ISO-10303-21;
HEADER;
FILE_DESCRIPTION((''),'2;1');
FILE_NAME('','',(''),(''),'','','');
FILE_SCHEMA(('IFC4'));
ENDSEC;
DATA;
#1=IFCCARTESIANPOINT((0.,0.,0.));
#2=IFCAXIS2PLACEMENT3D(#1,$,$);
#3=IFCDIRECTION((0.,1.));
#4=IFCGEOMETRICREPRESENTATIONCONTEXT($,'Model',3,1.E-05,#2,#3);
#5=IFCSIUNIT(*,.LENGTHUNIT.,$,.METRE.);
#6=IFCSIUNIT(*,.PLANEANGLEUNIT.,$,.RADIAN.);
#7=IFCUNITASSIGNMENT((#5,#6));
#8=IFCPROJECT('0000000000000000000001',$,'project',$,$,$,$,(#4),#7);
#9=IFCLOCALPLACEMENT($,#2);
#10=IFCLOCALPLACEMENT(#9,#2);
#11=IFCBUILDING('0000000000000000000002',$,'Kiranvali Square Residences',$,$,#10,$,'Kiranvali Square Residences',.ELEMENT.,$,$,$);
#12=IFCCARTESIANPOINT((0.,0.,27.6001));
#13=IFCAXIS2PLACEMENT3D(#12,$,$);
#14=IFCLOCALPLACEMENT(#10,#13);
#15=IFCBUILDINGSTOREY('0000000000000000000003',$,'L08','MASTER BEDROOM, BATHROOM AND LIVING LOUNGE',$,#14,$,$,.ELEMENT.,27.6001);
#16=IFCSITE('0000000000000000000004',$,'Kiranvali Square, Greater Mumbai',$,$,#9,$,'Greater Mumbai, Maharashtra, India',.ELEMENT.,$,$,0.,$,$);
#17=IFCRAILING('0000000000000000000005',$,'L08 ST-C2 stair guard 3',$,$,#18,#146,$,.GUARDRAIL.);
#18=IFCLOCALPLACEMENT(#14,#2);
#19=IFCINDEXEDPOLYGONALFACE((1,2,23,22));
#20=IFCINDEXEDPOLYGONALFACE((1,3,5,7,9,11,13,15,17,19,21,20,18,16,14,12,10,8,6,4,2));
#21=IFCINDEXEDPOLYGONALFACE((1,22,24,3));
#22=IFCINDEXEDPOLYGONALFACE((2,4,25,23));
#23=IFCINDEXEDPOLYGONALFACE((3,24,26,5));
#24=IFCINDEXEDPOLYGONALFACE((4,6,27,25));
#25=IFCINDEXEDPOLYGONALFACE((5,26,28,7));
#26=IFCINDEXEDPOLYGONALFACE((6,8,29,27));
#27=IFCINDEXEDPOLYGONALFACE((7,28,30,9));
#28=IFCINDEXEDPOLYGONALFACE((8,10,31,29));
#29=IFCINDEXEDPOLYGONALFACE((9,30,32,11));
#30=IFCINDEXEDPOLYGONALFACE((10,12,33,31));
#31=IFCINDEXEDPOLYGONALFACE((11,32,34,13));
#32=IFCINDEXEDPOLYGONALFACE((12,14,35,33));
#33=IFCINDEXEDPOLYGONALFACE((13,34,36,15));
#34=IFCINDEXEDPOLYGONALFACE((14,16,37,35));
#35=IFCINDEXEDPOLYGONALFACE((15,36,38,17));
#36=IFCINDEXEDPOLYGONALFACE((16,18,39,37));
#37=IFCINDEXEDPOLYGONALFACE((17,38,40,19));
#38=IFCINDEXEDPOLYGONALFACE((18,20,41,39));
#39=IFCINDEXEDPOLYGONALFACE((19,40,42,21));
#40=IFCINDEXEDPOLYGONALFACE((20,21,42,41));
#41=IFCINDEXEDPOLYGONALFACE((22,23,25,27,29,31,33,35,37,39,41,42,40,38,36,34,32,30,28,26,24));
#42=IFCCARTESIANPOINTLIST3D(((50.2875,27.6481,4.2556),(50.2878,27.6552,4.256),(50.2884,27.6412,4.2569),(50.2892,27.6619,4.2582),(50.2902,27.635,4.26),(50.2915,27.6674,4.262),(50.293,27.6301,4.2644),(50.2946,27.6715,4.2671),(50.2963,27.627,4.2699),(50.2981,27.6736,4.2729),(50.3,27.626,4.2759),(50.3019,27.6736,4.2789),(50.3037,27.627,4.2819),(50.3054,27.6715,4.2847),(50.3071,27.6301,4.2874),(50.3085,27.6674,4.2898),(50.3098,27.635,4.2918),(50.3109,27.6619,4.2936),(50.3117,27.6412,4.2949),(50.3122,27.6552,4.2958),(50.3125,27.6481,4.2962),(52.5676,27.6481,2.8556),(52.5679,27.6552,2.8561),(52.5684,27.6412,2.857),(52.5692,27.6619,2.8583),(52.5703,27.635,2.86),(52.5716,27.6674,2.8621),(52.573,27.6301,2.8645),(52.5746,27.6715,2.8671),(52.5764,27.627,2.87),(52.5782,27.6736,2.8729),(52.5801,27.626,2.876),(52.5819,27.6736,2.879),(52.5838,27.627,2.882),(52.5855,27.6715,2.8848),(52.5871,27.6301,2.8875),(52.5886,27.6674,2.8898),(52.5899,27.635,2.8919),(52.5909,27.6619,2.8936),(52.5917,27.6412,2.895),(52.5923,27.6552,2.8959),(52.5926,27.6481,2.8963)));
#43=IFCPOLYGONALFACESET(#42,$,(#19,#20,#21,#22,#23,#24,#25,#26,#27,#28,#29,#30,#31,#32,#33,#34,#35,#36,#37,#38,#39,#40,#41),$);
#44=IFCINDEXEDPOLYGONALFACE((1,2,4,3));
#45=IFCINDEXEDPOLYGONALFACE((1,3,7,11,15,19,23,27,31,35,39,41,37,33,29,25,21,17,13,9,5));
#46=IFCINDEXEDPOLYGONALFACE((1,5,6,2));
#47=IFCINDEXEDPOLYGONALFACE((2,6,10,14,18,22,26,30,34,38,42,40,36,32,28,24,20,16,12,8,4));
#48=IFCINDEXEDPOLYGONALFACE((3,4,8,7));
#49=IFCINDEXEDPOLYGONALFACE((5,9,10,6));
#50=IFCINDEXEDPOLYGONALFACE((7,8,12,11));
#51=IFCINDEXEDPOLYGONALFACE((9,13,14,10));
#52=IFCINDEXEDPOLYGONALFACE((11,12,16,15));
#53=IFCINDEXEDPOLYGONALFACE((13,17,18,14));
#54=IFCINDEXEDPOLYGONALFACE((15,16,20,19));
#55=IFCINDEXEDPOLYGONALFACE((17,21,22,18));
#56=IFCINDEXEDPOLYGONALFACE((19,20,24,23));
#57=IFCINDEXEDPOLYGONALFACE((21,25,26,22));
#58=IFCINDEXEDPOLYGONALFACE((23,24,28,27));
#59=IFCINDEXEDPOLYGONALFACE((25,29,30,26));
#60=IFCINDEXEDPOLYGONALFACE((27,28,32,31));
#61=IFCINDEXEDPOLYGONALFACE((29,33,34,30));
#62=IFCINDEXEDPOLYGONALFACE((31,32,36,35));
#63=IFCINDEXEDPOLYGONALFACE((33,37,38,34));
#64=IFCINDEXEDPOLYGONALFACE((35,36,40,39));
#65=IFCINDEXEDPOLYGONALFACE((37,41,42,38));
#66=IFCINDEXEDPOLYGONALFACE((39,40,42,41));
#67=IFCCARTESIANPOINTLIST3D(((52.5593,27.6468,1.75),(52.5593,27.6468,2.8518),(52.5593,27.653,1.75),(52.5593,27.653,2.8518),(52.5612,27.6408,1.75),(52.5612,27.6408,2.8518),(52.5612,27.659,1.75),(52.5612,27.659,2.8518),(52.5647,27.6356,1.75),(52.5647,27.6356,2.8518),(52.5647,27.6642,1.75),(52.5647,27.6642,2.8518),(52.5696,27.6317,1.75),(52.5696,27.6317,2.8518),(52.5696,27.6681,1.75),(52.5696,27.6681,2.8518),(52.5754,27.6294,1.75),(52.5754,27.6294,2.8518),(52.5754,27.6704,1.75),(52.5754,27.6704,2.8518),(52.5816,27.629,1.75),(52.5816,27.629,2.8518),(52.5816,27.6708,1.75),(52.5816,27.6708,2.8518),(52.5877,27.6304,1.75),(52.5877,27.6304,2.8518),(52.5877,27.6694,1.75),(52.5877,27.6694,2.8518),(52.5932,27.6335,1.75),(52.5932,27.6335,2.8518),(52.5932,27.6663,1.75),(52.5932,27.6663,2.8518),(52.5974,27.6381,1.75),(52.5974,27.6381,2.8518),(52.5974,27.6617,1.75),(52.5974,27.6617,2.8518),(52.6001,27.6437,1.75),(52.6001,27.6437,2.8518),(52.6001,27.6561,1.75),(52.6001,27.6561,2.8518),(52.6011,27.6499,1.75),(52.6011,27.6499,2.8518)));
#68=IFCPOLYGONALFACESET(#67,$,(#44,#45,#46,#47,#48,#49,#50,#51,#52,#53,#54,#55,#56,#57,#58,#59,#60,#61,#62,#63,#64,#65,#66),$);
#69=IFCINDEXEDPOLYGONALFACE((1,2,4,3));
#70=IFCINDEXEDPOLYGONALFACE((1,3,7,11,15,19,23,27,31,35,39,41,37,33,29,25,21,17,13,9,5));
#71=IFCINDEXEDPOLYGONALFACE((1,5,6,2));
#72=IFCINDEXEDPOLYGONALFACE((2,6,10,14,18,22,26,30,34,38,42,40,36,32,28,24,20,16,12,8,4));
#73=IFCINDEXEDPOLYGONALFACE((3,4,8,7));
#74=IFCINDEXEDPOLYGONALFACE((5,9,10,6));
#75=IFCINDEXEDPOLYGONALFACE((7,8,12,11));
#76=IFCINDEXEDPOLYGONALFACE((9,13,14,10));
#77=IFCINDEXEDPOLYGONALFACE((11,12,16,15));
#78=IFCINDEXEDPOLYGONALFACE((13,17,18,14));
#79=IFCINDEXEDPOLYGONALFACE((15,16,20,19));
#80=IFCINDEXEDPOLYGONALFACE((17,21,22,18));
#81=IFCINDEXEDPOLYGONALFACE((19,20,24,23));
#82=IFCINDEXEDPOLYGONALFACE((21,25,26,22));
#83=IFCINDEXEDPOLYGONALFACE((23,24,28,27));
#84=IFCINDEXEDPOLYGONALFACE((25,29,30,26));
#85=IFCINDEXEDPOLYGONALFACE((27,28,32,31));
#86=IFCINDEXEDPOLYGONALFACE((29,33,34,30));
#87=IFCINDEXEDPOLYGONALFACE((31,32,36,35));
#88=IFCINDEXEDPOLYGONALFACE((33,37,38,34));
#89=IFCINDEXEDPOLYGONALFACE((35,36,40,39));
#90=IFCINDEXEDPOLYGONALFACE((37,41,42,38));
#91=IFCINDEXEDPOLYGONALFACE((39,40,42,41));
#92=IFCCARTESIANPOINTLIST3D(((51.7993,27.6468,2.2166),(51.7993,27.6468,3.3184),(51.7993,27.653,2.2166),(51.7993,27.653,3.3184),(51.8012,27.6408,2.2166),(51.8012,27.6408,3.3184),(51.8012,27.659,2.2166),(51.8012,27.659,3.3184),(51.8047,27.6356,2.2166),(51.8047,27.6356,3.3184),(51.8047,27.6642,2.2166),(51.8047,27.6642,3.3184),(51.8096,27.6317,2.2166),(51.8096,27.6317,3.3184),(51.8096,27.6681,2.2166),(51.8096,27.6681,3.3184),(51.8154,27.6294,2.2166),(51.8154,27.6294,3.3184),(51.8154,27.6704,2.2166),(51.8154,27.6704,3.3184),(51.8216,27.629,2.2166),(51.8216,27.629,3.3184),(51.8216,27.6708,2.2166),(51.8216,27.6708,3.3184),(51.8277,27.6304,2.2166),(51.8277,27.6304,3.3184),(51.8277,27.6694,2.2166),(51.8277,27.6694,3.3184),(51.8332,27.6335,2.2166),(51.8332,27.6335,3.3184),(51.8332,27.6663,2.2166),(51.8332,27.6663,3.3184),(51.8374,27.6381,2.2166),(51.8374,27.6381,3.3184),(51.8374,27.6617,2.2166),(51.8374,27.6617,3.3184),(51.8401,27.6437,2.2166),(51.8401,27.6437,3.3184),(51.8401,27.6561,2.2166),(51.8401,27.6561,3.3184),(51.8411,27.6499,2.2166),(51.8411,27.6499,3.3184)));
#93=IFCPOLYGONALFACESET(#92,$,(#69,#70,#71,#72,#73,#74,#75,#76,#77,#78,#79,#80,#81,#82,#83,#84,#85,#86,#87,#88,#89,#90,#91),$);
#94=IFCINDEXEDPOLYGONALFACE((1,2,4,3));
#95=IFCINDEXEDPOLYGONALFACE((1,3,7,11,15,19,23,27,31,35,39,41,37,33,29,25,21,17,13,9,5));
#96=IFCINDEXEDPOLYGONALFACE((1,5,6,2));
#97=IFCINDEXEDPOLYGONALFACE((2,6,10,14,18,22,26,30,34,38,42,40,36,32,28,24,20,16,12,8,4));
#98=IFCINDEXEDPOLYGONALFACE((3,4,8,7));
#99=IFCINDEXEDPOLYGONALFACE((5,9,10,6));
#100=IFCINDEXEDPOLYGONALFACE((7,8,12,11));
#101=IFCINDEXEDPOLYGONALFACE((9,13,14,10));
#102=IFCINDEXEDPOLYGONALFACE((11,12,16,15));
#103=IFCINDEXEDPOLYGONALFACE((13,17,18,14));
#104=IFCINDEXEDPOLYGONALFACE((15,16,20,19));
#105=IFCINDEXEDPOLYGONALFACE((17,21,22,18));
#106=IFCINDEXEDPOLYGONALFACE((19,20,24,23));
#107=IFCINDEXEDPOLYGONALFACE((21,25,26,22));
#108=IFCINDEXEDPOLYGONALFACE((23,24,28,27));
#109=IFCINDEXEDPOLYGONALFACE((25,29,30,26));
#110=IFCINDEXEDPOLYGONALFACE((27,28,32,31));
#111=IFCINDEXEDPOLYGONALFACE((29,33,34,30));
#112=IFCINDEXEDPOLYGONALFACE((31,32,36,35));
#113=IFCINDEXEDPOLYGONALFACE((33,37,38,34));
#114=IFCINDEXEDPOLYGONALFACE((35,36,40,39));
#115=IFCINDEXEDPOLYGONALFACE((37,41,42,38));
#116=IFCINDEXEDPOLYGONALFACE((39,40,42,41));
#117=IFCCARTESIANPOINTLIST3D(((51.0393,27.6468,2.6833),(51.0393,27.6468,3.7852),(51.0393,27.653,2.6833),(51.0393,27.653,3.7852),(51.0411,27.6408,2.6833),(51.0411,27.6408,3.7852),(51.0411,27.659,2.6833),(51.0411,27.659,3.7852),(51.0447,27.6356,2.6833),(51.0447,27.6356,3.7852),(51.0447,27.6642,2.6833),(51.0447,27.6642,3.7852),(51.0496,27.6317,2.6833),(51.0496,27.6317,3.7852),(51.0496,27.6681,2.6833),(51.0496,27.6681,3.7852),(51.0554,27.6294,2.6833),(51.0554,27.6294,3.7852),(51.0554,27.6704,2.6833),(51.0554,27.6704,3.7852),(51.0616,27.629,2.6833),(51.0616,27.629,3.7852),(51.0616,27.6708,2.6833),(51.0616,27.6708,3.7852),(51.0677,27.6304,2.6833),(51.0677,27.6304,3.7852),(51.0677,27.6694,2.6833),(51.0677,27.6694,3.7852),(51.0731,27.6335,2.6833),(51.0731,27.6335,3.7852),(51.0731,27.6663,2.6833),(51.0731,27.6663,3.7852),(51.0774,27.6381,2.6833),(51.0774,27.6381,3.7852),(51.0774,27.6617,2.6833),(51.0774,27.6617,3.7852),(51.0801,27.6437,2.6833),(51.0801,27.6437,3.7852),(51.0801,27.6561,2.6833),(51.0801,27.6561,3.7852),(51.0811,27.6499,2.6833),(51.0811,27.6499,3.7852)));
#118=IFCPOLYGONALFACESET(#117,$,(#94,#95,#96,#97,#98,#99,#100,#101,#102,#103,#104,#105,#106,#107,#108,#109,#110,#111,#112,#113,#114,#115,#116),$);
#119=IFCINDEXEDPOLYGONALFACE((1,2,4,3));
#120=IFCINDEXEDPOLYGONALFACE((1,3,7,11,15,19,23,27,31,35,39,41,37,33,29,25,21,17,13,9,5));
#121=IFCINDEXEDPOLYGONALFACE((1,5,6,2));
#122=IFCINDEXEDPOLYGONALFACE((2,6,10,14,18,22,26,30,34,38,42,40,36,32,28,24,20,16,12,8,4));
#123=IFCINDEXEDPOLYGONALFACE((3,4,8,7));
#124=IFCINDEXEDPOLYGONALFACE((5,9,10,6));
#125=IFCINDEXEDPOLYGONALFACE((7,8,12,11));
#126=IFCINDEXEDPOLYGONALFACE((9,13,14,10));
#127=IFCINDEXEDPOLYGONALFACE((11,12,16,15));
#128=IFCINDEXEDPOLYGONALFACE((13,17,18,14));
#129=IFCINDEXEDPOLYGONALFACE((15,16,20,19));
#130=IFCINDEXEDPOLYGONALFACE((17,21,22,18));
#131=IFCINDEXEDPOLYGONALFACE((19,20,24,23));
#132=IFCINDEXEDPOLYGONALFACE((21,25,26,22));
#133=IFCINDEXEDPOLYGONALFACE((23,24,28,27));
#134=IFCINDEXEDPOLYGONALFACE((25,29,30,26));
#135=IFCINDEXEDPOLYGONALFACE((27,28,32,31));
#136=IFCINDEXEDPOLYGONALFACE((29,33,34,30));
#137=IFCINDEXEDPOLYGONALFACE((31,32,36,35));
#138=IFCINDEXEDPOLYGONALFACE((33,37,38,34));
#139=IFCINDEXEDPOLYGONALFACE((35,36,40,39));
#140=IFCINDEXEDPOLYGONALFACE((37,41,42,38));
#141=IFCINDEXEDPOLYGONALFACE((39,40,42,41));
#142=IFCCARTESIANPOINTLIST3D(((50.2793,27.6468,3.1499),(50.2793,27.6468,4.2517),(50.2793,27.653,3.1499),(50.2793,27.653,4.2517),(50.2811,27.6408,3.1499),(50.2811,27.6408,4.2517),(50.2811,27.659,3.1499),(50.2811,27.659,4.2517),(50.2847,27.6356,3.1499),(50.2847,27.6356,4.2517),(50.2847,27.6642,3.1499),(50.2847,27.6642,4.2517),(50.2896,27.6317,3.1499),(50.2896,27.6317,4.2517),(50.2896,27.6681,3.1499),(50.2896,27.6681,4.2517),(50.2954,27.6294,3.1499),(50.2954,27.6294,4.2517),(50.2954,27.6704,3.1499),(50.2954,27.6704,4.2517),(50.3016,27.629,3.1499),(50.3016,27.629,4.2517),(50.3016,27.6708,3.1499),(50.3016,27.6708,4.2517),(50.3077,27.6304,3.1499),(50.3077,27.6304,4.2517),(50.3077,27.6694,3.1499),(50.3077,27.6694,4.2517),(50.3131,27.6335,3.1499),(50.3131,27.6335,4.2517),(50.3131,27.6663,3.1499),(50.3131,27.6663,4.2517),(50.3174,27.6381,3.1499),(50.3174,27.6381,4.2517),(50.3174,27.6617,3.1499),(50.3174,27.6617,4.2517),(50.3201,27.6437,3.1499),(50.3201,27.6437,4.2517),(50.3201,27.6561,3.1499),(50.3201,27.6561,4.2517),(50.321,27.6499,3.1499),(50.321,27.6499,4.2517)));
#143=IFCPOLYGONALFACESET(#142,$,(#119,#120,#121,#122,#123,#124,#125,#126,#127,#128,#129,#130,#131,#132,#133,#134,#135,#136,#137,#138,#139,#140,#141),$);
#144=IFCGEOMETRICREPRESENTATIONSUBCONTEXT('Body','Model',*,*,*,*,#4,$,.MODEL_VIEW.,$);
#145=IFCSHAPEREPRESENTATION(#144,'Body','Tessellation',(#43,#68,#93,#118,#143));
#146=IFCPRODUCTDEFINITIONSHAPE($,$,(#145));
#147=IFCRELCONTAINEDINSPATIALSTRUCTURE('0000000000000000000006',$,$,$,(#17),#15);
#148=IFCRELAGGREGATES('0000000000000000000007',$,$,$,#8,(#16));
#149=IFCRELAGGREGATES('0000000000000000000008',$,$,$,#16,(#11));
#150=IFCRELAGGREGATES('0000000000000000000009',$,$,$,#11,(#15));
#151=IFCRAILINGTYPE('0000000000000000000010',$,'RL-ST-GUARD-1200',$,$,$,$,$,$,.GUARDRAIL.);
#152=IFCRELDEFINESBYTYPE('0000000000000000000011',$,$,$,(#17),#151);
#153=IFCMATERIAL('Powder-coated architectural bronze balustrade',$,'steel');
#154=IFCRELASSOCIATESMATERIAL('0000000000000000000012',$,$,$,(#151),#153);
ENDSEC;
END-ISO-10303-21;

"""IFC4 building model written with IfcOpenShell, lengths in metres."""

from ifc_helpers import new_model, si_unit, direction, frame, origin, origin_2d, place, context, subcontext, project, spatial, circle, extrude, material, type_object, element, save


model = new_model("IFC4")

# Units and contexts
model_context = context("Model", 3, precision=1e-05, world=origin(), true_north=direction((0.0, 1.0)))
body_context = subcontext(model_context, "Body", "Model", "MODEL_VIEW")
ifc_project = project(units=[si_unit("LENGTHUNIT", "METRE"), si_unit("PLANEANGLEUNIT", "RADIAN")], contexts=[model_context])

# Site, building, storey
site_placement = place(None, origin())
site = spatial("IfcSite", under=ifc_project, at=site_placement, Name="Kiranvali Square, Greater Mumbai", LongName="Greater Mumbai, Maharashtra, India", CompositionType="ELEMENT", RefElevation=0.0)
building_placement = place(site_placement, origin())
building = spatial("IfcBuilding", under=site, at=building_placement, Name="Kiranvali Square Residences", LongName="Kiranvali Square Residences", CompositionType="ELEMENT")
storey_placement = place(building_placement, frame((0.0, 0.0, 27.6001)))
storey = spatial("IfcBuildingStorey", under=building, at=storey_placement, Name="L08", Description="MASTER BEDROOM, BATHROOM AND LIVING LOUNGE", CompositionType="ELEMENT", Elevation=27.6001)

# Railing
ifc_material_1 = material(Name="Powder-coated architectural bronze balustrade", Category="steel")
railing_type_1 = type_object("IfcRailingType", Name="RL-ST-GUARD-1200", PredefinedType="GUARDRAIL", material=ifc_material_1)
railing_1_placement = place(storey_placement, frame((52.5801, 27.6499, 1.75)))
element("IfcRailing", 1, at=railing_1_placement, inside=storey, type_object=railing_type_1, Name="L08 ST-C2 stair guard 3", PredefinedType="GUARDRAIL", context=body_context, shape_type="SweptSolid", body=[
    extrude(circle(Radius=0.0239, at=origin_2d()), frame((0.0, 0.0, 1.126), z_axis=(-0.85219, 0.0, 0.523232), x_axis=(0.0, -1.0, 0.0)), (0.0, 0.0, 1.0), 2.6755),
    extrude(circle(Radius=0.021, at=origin_2d()), origin(), (0.0, 0.0, 1.0), 1.1018),
    extrude(circle(Radius=0.021, at=origin_2d()), frame((-0.76, 0.0, 0.4666)), (0.0, 0.0, 1.0), 1.1018),
    extrude(circle(Radius=0.021, at=origin_2d()), frame((-1.52, 0.0, 0.9333)), (0.0, 0.0, 1.0), 1.1018),
    extrude(circle(Radius=0.021, at=origin_2d()), frame((-2.28, 0.0, 1.3999)), (0.0, 0.0, 1.0), 1.1018),
])

save(model, "model.ifc")
